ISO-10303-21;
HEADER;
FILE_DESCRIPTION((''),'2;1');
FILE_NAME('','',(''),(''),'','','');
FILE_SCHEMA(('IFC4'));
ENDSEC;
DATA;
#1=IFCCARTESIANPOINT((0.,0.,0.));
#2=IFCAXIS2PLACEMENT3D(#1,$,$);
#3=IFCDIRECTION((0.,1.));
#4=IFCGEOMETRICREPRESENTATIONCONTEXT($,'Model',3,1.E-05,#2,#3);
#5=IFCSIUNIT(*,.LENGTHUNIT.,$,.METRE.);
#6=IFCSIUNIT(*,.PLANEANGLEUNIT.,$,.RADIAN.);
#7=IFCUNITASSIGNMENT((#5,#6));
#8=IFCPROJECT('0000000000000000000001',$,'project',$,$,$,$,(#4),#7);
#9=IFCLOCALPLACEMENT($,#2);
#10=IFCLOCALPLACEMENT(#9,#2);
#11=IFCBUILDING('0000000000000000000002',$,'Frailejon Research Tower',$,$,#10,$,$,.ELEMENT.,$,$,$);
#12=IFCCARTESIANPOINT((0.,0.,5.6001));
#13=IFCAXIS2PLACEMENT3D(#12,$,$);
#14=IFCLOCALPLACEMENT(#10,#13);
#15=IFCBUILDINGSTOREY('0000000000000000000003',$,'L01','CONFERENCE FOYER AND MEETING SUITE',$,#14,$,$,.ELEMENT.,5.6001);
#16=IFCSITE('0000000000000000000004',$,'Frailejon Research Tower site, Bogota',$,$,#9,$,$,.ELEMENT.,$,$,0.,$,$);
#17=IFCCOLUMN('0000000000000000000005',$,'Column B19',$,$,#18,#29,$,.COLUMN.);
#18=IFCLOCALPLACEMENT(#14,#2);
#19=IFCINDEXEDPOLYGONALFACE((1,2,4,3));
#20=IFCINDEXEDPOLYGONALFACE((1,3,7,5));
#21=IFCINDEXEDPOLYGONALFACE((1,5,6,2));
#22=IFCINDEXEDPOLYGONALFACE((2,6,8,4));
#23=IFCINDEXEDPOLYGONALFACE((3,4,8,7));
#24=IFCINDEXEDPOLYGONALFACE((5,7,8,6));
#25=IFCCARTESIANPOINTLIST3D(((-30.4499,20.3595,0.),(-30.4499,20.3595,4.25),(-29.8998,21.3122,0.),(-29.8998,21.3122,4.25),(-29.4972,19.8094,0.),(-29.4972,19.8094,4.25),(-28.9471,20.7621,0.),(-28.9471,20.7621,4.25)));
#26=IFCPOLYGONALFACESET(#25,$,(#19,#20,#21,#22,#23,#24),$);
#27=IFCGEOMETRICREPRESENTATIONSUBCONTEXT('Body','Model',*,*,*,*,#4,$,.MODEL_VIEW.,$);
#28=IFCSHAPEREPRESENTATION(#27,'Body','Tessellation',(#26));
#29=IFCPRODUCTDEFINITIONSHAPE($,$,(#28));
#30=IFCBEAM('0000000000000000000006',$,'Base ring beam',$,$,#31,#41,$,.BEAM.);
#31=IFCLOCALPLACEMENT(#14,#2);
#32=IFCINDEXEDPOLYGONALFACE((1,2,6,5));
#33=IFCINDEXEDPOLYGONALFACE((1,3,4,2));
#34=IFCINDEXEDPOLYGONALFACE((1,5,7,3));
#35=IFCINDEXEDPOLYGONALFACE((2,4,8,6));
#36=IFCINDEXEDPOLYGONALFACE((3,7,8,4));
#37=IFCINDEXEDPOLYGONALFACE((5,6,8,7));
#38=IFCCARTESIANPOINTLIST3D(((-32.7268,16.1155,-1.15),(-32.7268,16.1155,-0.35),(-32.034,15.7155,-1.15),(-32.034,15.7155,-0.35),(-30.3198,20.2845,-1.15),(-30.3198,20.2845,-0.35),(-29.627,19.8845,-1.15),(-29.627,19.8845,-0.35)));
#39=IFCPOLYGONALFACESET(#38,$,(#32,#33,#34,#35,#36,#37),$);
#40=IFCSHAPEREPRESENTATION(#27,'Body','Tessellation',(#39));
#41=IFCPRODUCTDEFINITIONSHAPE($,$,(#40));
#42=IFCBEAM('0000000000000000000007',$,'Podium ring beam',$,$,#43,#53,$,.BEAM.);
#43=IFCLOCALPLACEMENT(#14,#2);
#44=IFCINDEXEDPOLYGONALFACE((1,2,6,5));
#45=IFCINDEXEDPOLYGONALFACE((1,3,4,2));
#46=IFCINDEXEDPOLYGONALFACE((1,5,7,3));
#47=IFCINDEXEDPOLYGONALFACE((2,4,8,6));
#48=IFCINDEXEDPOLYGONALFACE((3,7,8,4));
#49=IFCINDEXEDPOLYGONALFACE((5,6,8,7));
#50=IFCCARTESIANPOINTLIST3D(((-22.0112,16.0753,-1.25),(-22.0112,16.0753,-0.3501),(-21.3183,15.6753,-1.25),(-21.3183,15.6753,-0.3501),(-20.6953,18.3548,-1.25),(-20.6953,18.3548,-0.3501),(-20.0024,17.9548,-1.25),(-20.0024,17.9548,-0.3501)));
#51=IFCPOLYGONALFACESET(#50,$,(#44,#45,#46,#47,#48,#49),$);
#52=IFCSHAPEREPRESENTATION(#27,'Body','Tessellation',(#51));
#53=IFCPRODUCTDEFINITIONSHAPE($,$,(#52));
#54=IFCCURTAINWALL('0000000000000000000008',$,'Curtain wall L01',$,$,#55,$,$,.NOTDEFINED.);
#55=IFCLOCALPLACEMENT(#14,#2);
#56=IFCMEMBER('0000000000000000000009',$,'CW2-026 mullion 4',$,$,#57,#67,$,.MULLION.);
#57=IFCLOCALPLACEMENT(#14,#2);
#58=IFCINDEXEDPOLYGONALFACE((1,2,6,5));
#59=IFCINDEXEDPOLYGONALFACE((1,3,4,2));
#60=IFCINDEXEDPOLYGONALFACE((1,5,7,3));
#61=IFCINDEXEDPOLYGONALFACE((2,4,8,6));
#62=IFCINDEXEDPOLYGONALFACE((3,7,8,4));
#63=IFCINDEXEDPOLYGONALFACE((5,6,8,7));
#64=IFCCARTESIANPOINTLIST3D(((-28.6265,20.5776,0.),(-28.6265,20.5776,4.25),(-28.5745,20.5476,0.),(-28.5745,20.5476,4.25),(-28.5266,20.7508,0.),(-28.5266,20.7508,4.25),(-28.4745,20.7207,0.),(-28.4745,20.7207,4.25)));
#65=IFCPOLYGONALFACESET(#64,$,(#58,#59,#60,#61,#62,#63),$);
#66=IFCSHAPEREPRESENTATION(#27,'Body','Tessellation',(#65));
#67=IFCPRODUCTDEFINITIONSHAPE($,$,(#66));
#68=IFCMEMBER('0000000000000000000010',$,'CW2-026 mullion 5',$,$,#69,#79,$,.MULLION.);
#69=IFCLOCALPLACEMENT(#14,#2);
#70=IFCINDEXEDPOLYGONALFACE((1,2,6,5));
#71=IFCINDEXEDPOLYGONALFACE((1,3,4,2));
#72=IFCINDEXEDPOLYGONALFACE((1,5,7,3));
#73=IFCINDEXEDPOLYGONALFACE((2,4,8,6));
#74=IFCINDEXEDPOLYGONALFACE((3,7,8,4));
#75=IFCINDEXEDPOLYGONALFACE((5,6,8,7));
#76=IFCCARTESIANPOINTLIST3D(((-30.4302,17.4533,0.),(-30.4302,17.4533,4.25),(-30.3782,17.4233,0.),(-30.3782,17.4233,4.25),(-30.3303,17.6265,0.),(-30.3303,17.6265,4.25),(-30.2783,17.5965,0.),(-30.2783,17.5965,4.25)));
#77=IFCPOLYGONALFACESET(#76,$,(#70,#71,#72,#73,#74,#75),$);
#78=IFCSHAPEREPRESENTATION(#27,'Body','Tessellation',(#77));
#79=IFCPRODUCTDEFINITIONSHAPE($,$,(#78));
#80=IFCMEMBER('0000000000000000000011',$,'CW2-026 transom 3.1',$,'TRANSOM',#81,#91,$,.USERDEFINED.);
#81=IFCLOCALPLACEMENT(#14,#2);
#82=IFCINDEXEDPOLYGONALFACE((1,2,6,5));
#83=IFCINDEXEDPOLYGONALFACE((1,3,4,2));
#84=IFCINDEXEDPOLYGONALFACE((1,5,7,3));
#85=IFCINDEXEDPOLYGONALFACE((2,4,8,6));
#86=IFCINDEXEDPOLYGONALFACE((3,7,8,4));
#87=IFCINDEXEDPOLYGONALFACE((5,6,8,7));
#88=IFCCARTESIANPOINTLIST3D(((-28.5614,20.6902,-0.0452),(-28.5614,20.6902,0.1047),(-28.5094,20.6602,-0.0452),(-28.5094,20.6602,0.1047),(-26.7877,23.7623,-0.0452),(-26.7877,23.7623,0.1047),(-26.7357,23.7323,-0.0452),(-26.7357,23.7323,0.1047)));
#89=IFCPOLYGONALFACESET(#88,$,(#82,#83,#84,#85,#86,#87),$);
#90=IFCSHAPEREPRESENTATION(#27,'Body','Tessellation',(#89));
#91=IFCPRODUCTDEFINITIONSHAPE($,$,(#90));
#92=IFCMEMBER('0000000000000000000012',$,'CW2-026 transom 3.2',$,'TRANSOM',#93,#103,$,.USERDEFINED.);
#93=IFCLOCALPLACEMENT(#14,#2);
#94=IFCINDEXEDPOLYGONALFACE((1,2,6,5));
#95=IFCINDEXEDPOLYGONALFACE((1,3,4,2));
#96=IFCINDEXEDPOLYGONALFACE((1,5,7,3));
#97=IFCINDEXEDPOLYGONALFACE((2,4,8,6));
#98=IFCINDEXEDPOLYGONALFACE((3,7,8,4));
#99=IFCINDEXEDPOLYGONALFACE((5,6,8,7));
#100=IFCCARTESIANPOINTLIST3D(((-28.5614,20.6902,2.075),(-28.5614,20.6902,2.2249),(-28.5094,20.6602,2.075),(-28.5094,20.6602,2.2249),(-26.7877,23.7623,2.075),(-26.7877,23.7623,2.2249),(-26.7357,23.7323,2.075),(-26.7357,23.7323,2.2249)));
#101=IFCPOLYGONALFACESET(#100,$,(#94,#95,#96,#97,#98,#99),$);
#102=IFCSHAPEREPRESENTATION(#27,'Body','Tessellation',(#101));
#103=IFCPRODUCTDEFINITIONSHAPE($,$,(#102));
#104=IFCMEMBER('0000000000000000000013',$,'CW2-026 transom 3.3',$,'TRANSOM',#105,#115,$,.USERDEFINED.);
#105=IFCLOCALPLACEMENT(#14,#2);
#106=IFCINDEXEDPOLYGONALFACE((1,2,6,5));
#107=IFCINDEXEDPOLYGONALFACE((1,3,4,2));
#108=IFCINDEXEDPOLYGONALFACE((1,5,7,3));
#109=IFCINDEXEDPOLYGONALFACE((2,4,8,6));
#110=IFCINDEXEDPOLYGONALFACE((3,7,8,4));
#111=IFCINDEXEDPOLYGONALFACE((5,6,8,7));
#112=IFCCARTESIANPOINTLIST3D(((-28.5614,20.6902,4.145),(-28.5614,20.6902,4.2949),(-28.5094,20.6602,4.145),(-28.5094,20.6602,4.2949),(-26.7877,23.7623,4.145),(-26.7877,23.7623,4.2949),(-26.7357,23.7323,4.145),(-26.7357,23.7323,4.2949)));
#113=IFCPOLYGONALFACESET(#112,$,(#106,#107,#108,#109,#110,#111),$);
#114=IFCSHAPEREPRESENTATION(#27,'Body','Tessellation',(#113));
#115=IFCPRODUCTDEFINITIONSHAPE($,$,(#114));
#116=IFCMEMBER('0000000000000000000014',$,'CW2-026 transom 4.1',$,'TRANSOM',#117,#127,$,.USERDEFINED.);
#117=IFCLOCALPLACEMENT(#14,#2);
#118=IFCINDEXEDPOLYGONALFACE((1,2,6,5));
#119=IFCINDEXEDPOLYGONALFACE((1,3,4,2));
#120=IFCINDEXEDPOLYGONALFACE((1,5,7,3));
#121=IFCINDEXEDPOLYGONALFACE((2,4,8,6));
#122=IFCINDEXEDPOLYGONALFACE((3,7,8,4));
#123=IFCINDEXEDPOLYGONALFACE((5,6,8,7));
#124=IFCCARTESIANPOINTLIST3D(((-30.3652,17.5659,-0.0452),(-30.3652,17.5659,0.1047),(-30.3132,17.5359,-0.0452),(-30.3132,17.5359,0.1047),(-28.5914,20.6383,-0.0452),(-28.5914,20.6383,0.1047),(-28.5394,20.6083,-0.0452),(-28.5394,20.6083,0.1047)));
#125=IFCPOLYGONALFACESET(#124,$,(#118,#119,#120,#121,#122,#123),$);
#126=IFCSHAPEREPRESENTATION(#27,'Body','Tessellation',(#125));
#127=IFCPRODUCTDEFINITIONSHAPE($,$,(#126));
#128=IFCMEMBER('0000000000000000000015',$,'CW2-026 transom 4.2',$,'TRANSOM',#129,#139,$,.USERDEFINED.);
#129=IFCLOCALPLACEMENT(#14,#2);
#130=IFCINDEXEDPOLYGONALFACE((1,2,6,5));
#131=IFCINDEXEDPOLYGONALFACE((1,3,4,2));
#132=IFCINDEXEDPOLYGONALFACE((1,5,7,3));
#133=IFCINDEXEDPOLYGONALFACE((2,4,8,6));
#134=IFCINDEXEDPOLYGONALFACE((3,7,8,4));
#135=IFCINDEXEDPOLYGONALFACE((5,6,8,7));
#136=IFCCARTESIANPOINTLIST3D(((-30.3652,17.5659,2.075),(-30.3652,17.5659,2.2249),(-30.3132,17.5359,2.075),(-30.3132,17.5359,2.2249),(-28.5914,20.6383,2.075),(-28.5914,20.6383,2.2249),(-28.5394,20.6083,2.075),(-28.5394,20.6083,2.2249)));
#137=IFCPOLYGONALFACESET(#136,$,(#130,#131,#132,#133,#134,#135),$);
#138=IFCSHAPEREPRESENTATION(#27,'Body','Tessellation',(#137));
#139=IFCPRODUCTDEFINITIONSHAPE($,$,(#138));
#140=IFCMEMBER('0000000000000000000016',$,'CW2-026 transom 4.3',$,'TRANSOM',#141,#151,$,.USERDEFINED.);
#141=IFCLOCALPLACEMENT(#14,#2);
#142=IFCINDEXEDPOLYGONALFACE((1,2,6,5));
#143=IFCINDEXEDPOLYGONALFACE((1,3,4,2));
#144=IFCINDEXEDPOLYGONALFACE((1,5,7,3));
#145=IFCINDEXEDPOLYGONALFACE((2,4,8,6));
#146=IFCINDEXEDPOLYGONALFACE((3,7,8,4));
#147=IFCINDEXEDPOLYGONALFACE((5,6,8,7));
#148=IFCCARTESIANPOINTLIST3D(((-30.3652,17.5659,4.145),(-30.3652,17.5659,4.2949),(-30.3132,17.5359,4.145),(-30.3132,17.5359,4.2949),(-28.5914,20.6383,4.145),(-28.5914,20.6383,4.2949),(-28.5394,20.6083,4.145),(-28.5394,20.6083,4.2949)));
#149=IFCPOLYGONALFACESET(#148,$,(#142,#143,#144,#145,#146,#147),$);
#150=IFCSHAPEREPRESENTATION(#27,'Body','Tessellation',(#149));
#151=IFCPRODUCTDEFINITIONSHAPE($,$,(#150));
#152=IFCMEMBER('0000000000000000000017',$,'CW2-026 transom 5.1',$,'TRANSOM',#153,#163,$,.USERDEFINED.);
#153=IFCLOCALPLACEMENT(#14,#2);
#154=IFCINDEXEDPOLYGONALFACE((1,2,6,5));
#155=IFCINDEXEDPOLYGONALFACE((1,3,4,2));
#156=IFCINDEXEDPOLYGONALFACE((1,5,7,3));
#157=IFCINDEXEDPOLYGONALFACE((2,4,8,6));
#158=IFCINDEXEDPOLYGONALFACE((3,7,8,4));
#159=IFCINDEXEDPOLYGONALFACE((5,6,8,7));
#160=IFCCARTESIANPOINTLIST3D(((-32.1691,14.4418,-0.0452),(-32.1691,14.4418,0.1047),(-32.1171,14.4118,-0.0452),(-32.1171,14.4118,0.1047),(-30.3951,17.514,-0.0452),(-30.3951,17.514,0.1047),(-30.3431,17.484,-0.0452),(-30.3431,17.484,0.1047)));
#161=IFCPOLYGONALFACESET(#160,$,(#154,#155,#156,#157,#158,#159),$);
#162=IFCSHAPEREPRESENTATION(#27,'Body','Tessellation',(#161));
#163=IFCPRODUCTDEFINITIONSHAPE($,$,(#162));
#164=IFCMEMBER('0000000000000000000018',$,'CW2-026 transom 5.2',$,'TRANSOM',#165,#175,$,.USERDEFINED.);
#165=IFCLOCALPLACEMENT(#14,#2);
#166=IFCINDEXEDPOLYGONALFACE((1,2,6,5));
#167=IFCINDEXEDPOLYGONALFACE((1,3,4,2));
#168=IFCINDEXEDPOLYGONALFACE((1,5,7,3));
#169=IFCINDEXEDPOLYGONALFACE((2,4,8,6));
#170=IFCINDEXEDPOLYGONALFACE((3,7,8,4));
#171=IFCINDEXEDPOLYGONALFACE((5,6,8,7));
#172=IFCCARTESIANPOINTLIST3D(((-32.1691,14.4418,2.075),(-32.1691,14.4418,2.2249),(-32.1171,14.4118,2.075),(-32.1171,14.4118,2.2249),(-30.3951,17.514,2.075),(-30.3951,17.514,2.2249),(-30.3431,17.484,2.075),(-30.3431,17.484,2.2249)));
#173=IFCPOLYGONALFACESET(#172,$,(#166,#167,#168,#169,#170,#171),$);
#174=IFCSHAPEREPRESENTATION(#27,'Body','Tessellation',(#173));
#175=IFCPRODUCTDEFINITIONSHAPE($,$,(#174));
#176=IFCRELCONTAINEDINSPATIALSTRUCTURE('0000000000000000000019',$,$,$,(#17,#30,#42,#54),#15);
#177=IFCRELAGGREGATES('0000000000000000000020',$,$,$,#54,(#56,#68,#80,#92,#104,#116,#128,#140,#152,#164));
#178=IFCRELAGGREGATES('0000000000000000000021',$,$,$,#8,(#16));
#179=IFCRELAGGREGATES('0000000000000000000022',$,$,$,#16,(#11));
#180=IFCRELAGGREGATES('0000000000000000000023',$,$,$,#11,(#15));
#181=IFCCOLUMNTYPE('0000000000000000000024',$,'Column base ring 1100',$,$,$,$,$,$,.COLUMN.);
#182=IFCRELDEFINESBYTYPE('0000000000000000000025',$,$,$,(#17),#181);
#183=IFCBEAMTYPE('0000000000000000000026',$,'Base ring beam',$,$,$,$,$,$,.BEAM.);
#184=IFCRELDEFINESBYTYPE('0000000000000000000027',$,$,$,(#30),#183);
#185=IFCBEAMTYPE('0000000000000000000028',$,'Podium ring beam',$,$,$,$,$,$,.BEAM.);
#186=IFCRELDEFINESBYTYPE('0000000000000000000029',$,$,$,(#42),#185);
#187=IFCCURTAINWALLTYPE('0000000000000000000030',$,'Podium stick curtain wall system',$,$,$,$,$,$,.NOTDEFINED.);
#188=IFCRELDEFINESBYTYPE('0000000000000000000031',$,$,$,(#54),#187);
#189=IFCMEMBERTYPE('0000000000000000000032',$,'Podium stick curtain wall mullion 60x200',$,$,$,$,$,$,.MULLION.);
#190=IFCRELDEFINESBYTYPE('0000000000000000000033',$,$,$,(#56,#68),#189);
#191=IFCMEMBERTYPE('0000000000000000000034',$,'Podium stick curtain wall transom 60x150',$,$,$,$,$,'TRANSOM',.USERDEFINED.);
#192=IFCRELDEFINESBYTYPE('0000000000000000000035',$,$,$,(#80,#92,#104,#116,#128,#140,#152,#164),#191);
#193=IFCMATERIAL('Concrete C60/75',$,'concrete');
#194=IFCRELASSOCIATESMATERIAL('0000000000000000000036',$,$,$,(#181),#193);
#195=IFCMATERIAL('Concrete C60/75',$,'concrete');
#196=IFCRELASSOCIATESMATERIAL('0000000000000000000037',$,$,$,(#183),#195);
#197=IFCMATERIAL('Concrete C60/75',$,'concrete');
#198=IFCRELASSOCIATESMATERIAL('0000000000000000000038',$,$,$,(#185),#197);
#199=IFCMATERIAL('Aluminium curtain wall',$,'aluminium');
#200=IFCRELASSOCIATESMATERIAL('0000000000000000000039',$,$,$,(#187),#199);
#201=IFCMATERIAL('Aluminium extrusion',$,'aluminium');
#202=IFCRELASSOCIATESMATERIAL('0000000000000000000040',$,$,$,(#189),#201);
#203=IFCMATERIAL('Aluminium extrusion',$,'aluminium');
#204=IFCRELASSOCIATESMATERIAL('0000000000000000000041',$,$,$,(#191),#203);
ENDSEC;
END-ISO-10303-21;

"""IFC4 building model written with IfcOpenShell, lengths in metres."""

from ifc_helpers import new_model, si_unit, direction, frame, origin, origin_2d, place, context, subcontext, project, spatial, rectangle, extrude, material, material_profile, profile_set, type_object, element, aggregate, save


model = new_model("IFC4")

# Units and contexts
model_context = context("Model", 3, precision=1e-05, world=origin(), true_north=direction((0.0, 1.0)))
body_context = subcontext(model_context, "Body", "Model", "MODEL_VIEW")
ifc_project = project(units=[si_unit("LENGTHUNIT", "METRE"), si_unit("PLANEANGLEUNIT", "RADIAN")], contexts=[model_context])

# Site, building, storey
site_placement = place(None, origin())
site = spatial("IfcSite", under=ifc_project, at=site_placement, Name="Frailejon Research Tower site, Bogota", CompositionType="ELEMENT", RefElevation=0.0)
building_placement = place(site_placement, origin())
building = spatial("IfcBuilding", under=site, at=building_placement, Name="Frailejon Research Tower", CompositionType="ELEMENT")
storey_placement = place(building_placement, frame((0.0, 0.0, 5.6001)))
storey = spatial("IfcBuildingStorey", under=building, at=storey_placement, Name="L01", Description="CONFERENCE FOYER AND MEETING SUITE", CompositionType="ELEMENT", Elevation=5.6001)

# Column
ifc_material_1 = material(Name="Concrete C60/75", Category="concrete")
ifc_material_profile_1 = material_profile(ifc_material_1, rectangle(XDim=1.1001, YDim=1.1001, at=origin_2d()), Name="Column base ring 1100")
ifc_profile_set_1 = profile_set([ifc_material_profile_1], Name="Concrete C60/75")
column_type = type_object("IfcColumnType", Name="Column base ring 1100", PredefinedType="COLUMN", material=ifc_profile_set_1)
column_placement = place(storey_placement, frame((-29.6985, 20.5608, 0.0), z_axis=(0.0, 0.0, 1.0), x_axis=(-0.5, -0.866025, 0.0)))
element("IfcColumn", 1, at=column_placement, inside=storey, type_object=column_type, Name="Column B19", PredefinedType="COLUMN", context=body_context, shape_type="SweptSolid", body=[
    extrude(rectangle(XDim=1.1001, YDim=1.1001, at=origin_2d()), origin(), (0.0, 0.0, 1.0), 4.25),
])

# Beams
ifc_material_2 = material(Name="Concrete C60/75", Category="concrete")
ifc_material_profile_2 = material_profile(ifc_material_2, rectangle(XDim=0.8, YDim=0.8, at=origin_2d()), Name="Base ring beam")
ifc_profile_set_2 = profile_set([ifc_material_profile_2], Name="Concrete C60/75")
beam_type_1 = type_object("IfcBeamType", Name="Base ring beam", PredefinedType="BEAM", material=ifc_profile_set_2)
beam_1_placement = place(storey_placement, frame((-29.9734, 20.0845, -0.75), z_axis=(-0.500006, -0.866022, 0.0), x_axis=(0.866022, -0.500006, 0.0)))
element("IfcBeam", 2, at=beam_1_placement, inside=storey, type_object=beam_type_1, Name="Base ring beam", PredefinedType="BEAM", context=body_context, shape_type="SweptSolid", body=[
    extrude(rectangle(XDim=0.8, YDim=0.8, at=origin_2d()), origin(), (0.0, 0.0, 1.0), 4.814),
])
ifc_material_3 = material(Name="Concrete C60/75", Category="concrete")
ifc_material_profile_3 = material_profile(ifc_material_3, rectangle(XDim=0.8, YDim=0.8999, at=origin_2d()), Name="Podium ring beam")
ifc_profile_set_3 = profile_set([ifc_material_profile_3], Name="Concrete C60/75")
beam_type_2 = type_object("IfcBeamType", Name="Podium ring beam", PredefinedType="BEAM", material=ifc_profile_set_3)
beam_2_placement = place(storey_placement, frame((-20.3489, 18.1548, -0.8), z_axis=(-0.49995, -0.866054, 0.0), x_axis=(0.866054, -0.49995, 0.0)))
element("IfcBeam", 3, at=beam_2_placement, inside=storey, type_object=beam_type_2, Name="Podium ring beam", PredefinedType="BEAM", context=body_context, shape_type="SweptSolid", body=[
    extrude(rectangle(XDim=0.8, YDim=0.8999, at=origin_2d()), origin(), (0.0, 0.0, 1.0), 2.6321),
])

# Curtain wall, members
ifc_material_4 = material(Name="Aluminium curtain wall", Category="aluminium")
curtain_wall_type = type_object("IfcCurtainWallType", Name="Podium stick curtain wall system", PredefinedType="NOTDEFINED", material=ifc_material_4)
curtain_wall_placement = place(storey_placement, origin())
curtain_wall = element("IfcCurtainWall", 4, at=curtain_wall_placement, inside=storey, type_object=curtain_wall_type, Name="Curtain wall L01", PredefinedType="NOTDEFINED")
ifc_material_5 = material(Name="Aluminium extrusion", Category="aluminium")
ifc_material_profile_4 = material_profile(ifc_material_5, rectangle(XDim=0.0601, YDim=0.2, at=origin_2d()), Name="Podium stick curtain wall mullion 60x200")
ifc_profile_set_4 = profile_set([ifc_material_profile_4], Name="Aluminium extrusion")
member_type_1 = type_object("IfcMemberType", Name="Podium stick curtain wall mullion 60x200", PredefinedType="MULLION", material=ifc_profile_set_4)
member_1_placement = place(storey_placement, frame((-28.5505, 20.6492, 0.0), z_axis=(0.0, 0.0, 1.0), x_axis=(0.866026, -0.499998, 0.0)))
member_1 = element("IfcMember", 5, at=member_1_placement, type_object=member_type_1, Name="CW2-026 mullion 4", PredefinedType="MULLION", context=body_context, shape_type="SweptSolid", body=[
    extrude(rectangle(XDim=0.0601, YDim=0.2, at=origin_2d()), origin(), (0.0, 0.0, 1.0), 4.25),
])
member_2_placement = place(storey_placement, frame((-30.3542, 17.5249, 0.0), z_axis=(0.0, 0.0, 1.0), x_axis=(0.866026, -0.499998, 0.0)))
member_2 = element("IfcMember", 6, at=member_2_placement, type_object=member_type_1, Name="CW2-026 mullion 5", PredefinedType="MULLION", context=body_context, shape_type="SweptSolid", body=[
    extrude(rectangle(XDim=0.0601, YDim=0.2, at=origin_2d()), origin(), (0.0, 0.0, 1.0), 4.25),
])
ifc_material_6 = material(Name="Aluminium extrusion", Category="aluminium")
ifc_material_profile_5 = material_profile(ifc_material_6, rectangle(XDim=0.0601, YDim=0.1499, at=origin_2d()), Name="Podium stick curtain wall transom 60x150")
ifc_profile_set_5 = profile_set([ifc_material_profile_5], Name="Aluminium extrusion")
member_type_2 = type_object("IfcMemberType", Name="Podium stick curtain wall transom 60x150", ElementType="TRANSOM", PredefinedType="USERDEFINED", material=ifc_profile_set_5)
member_3_placement = place(storey_placement, frame((-26.7617, 23.7473, 0.0298), z_axis=(-0.50001, -0.866019, 0.0), x_axis=(0.866019, -0.50001, 0.0)))
member_3 = element("IfcMember", 7, at=member_3_placement, type_object=member_type_2, Name="CW2-026 transom 3.1", ObjectType="TRANSOM", PredefinedType="USERDEFINED", context=body_context, shape_type="SweptSolid", body=[
    extrude(rectangle(XDim=0.0601, YDim=0.1499, at=origin_2d()), origin(), (0.0, 0.0, 1.0), 3.5474),
])
member_4_placement = place(storey_placement, frame((-26.7617, 23.7473, 2.1499), z_axis=(-0.50001, -0.866019, 0.0), x_axis=(0.866019, -0.50001, 0.0)))
member_4 = element("IfcMember", 8, at=member_4_placement, type_object=member_type_2, Name="CW2-026 transom 3.2", ObjectType="TRANSOM", PredefinedType="USERDEFINED", context=body_context, shape_type="SweptSolid", body=[
    extrude(rectangle(XDim=0.0601, YDim=0.1499, at=origin_2d()), origin(), (0.0, 0.0, 1.0), 3.5474),
])
member_5_placement = place(storey_placement, frame((-26.7617, 23.7473, 4.22), z_axis=(-0.50001, -0.866019, 0.0), x_axis=(0.866019, -0.50001, 0.0)))
member_5 = element("IfcMember", 9, at=member_5_placement, type_object=member_type_2, Name="CW2-026 transom 3.3", ObjectType="TRANSOM", PredefinedType="USERDEFINED", context=body_context, shape_type="SweptSolid", body=[
    extrude(rectangle(XDim=0.0601, YDim=0.1499, at=origin_2d()), origin(), (0.0, 0.0, 1.0), 3.5474),
])
member_6_placement = place(storey_placement, frame((-28.5654, 20.6233, 0.0298), z_axis=(-0.499981, -0.866037, 0.0), x_axis=(0.866037, -0.499981, 0.0)))
member_6 = element("IfcMember", 10, at=member_6_placement, type_object=member_type_2, Name="CW2-026 transom 4.1", ObjectType="TRANSOM", PredefinedType="USERDEFINED", context=body_context, shape_type="SweptSolid", body=[
    extrude(rectangle(XDim=0.0601, YDim=0.1499, at=origin_2d()), origin(), (0.0, 0.0, 1.0), 3.5476),
])
member_7_placement = place(storey_placement, frame((-28.5654, 20.6233, 2.1499), z_axis=(-0.499981, -0.866037, 0.0), x_axis=(0.866037, -0.499981, 0.0)))
member_7 = element("IfcMember", 11, at=member_7_placement, type_object=member_type_2, Name="CW2-026 transom 4.2", ObjectType="TRANSOM", PredefinedType="USERDEFINED", context=body_context, shape_type="SweptSolid", body=[
    extrude(rectangle(XDim=0.0601, YDim=0.1499, at=origin_2d()), origin(), (0.0, 0.0, 1.0), 3.5476),
])
member_8_placement = place(storey_placement, frame((-28.5654, 20.6233, 4.22), z_axis=(-0.499981, -0.866037, 0.0), x_axis=(0.866037, -0.499981, 0.0)))
member_8 = element("IfcMember", 12, at=member_8_placement, type_object=member_type_2, Name="CW2-026 transom 4.3", ObjectType="TRANSOM", PredefinedType="USERDEFINED", context=body_context, shape_type="SweptSolid", body=[
    extrude(rectangle(XDim=0.0601, YDim=0.1499, at=origin_2d()), origin(), (0.0, 0.0, 1.0), 3.5476),
])
member_9_placement = place(storey_placement, frame((-30.3691, 17.499, 0.0298), z_axis=(-0.500032, -0.866007, 0.0), x_axis=(0.866007, -0.500032, 0.0)))
member_9 = element("IfcMember", 13, at=member_9_placement, type_object=member_type_2, Name="CW2-026 transom 5.1", ObjectType="TRANSOM", PredefinedType="USERDEFINED", context=body_context, shape_type="SweptSolid", body=[
    extrude(rectangle(XDim=0.0601, YDim=0.1499, at=origin_2d()), origin(), (0.0, 0.0, 1.0), 3.5476),
])
member_10_placement = place(storey_placement, frame((-30.3691, 17.499, 2.1499), z_axis=(-0.500032, -0.866007, 0.0), x_axis=(0.866007, -0.500032, 0.0)))
member_10 = element("IfcMember", 14, at=member_10_placement, type_object=member_type_2, Name="CW2-026 transom 5.2", ObjectType="TRANSOM", PredefinedType="USERDEFINED", context=body_context, shape_type="SweptSolid", body=[
    extrude(rectangle(XDim=0.0601, YDim=0.1499, at=origin_2d()), origin(), (0.0, 0.0, 1.0), 3.5476),
])
aggregate(curtain_wall, [member_1, member_2, member_3, member_4, member_5, member_6, member_7, member_8, member_9, member_10])

save(model, "model.ifc")
